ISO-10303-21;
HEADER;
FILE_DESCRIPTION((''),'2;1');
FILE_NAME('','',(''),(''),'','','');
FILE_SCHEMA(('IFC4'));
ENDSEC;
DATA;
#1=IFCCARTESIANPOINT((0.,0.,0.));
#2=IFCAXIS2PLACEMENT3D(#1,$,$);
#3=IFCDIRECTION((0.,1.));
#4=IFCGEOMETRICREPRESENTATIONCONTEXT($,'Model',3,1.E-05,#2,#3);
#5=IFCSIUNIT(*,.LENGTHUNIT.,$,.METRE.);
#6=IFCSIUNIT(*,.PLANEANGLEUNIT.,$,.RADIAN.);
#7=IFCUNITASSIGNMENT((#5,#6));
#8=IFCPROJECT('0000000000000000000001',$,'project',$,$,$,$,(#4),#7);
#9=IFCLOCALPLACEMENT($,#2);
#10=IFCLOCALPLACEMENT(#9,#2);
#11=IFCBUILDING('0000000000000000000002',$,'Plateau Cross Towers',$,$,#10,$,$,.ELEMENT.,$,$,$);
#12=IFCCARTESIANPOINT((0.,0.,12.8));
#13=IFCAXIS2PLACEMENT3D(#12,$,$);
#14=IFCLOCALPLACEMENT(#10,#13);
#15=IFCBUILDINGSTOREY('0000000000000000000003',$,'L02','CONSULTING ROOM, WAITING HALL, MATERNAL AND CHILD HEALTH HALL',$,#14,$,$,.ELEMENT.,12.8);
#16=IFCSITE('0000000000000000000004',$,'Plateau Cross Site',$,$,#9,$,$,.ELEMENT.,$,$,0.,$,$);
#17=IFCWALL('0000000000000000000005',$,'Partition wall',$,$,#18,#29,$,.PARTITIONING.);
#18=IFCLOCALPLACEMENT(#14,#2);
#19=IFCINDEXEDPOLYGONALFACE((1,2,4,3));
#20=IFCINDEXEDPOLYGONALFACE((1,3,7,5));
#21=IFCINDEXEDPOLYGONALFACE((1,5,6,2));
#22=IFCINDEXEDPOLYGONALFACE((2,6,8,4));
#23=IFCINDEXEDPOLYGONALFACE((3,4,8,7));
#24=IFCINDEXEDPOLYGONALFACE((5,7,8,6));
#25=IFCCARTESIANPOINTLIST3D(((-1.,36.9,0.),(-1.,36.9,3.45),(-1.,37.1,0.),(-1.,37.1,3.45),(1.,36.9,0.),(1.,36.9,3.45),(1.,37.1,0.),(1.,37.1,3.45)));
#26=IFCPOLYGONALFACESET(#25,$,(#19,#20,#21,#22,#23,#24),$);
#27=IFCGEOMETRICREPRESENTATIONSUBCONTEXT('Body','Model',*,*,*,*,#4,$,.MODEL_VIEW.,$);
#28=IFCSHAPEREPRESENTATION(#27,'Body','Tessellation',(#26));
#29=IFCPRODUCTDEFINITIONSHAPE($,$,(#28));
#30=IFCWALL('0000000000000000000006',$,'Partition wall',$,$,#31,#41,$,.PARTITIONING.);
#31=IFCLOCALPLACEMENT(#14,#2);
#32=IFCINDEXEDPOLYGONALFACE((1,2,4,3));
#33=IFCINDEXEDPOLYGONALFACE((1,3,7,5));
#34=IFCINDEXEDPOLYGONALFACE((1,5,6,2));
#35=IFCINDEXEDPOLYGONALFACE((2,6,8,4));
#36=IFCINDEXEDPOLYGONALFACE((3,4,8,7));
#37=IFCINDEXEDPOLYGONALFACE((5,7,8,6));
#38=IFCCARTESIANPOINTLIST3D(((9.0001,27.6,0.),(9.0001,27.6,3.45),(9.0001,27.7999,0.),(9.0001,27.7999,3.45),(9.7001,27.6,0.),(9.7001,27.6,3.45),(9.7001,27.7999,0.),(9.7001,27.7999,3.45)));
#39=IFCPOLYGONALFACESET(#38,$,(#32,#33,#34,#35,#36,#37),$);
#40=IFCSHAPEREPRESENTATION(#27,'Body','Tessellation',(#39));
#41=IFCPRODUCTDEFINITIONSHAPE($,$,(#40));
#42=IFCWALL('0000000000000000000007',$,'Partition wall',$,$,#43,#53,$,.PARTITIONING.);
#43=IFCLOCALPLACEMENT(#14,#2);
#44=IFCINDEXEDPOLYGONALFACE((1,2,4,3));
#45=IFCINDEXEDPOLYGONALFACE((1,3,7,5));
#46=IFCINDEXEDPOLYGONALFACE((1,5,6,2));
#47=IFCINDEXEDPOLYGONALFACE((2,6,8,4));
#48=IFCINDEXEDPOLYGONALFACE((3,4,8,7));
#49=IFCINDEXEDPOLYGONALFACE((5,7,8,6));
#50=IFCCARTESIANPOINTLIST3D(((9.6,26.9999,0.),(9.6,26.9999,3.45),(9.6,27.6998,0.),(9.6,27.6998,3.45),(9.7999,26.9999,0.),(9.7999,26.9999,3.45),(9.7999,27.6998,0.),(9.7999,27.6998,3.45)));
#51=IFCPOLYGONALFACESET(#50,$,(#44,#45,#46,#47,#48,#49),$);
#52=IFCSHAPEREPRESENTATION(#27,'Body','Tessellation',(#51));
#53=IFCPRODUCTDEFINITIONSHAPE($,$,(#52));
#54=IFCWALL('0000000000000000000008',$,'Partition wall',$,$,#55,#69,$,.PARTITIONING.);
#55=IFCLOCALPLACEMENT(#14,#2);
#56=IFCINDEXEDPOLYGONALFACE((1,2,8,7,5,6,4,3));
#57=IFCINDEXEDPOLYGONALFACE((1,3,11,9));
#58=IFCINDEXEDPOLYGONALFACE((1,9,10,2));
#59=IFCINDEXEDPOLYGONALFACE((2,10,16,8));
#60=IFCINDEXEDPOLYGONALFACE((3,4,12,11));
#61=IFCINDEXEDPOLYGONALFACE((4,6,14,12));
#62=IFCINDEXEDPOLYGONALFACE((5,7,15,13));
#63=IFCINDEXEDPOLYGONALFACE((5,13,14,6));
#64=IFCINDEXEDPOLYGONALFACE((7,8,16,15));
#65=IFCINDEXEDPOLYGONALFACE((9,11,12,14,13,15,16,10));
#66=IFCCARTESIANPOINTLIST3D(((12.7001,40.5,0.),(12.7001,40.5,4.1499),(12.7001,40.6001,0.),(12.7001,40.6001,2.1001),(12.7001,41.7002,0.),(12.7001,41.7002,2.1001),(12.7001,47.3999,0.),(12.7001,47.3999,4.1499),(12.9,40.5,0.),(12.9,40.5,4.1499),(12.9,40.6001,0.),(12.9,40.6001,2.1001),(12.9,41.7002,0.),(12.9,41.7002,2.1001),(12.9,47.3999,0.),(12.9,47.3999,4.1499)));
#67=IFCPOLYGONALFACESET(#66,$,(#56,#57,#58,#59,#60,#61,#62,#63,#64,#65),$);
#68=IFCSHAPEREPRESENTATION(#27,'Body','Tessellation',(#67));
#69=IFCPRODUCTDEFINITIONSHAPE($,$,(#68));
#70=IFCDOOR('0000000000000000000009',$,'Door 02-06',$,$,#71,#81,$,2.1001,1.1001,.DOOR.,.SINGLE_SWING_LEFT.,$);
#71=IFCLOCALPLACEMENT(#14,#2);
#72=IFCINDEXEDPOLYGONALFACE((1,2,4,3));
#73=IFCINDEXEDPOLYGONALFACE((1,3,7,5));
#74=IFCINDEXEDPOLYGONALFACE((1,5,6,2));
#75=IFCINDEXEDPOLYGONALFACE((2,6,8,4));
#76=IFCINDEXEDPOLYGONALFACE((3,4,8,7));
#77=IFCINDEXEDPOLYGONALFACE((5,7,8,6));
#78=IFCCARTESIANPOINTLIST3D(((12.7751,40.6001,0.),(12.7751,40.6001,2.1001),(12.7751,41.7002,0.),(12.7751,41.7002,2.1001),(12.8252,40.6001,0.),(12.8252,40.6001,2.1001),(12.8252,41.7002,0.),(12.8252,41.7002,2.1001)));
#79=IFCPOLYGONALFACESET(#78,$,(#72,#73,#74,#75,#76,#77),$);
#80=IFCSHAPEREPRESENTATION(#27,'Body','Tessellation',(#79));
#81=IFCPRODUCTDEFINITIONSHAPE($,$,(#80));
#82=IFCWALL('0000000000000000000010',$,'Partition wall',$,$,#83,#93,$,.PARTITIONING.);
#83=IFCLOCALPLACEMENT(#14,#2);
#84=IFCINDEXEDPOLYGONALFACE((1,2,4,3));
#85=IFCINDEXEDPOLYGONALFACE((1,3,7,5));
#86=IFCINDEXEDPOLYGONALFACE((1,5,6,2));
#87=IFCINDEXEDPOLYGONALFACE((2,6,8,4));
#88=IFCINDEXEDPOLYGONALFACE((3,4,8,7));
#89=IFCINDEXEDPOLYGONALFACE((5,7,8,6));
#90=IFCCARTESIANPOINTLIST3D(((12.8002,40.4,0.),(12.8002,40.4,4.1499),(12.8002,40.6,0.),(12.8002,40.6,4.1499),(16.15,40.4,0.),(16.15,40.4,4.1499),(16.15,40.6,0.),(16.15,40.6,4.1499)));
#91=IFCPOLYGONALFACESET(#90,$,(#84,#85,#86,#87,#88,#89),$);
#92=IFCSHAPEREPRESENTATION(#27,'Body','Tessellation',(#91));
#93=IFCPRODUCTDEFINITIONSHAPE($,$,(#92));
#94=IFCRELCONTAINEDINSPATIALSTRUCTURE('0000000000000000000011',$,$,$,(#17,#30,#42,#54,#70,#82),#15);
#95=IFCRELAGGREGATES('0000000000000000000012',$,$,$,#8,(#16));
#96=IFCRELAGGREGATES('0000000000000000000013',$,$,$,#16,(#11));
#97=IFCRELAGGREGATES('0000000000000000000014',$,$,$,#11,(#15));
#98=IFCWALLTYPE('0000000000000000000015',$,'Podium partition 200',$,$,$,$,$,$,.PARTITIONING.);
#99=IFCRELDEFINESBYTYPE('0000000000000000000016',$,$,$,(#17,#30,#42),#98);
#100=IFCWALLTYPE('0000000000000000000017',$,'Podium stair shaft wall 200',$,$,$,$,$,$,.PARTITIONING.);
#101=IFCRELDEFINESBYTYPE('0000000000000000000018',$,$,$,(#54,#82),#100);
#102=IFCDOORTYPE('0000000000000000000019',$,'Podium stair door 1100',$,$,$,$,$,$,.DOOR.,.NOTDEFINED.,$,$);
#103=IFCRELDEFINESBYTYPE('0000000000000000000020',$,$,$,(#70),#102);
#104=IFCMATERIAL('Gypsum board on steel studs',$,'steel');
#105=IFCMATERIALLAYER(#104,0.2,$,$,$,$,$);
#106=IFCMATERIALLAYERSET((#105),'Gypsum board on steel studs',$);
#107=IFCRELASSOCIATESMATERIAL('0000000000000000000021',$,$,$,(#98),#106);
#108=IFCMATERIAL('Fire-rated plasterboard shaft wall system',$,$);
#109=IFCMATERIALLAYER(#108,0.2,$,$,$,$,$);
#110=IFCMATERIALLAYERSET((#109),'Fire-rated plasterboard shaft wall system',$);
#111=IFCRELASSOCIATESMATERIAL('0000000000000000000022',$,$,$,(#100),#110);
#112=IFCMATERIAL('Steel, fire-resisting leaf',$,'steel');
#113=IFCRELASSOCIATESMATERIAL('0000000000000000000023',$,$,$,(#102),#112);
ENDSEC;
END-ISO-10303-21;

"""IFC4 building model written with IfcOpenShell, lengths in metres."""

from ifc_helpers import new_model, si_unit, direction, frame, frame_2d, origin, place, context, subcontext, project, spatial, rectangle, extrude, material, layer, layer_set, type_object, element, fill, save


model = new_model("IFC4")

# Units and contexts
model_context = context("Model", 3, precision=1e-05, world=origin(), true_north=direction((0.0, 1.0)))
body_context = subcontext(model_context, "Body", "Model", "MODEL_VIEW")
ifc_project = project(units=[si_unit("LENGTHUNIT", "METRE"), si_unit("PLANEANGLEUNIT", "RADIAN")], contexts=[model_context])

# Site, building, storey
site_placement = place(None, origin())
site = spatial("IfcSite", under=ifc_project, at=site_placement, Name="Plateau Cross Site", CompositionType="ELEMENT", RefElevation=0.0)
building_placement = place(site_placement, origin())
building = spatial("IfcBuilding", under=site, at=building_placement, Name="Plateau Cross Towers", CompositionType="ELEMENT")
storey_placement = place(building_placement, frame((0.0, 0.0, 12.8)))
storey = spatial("IfcBuildingStorey", under=building, at=storey_placement, Name="L02", Description="CONSULTING ROOM, WAITING HALL, MATERNAL AND CHILD HEALTH HALL", CompositionType="ELEMENT", Elevation=12.8)

# Shared definitions
ifc_material_1 = material(Name="Gypsum board on steel studs", Category="steel")
ifc_layer_1 = layer(ifc_material_1, 0.2)
ifc_layer_set_1 = layer_set([ifc_layer_1], Name="Gypsum board on steel studs")
wall_type_1 = type_object("IfcWallType", Name="Podium partition 200", PredefinedType="PARTITIONING", material=ifc_layer_set_1)

# Walls
wall_1_placement = place(storey_placement, frame((1.0, 37.0, 0.0), z_axis=(0.0, 0.0, 1.0), x_axis=(-1.0, 0.0, 0.0)))
element("IfcWall", 1, at=wall_1_placement, inside=storey, type_object=wall_type_1, Name="Partition wall", PredefinedType="PARTITIONING", context=body_context, shape_type="SweptSolid", body=[
    extrude(rectangle(XDim=2.0, YDim=0.2, at=frame_2d((1.0, 0.0))), origin(), (0.0, 0.0, 1.0), 3.45),
])
for number, where, z_axis, x_axis, name in (
    (2, (9.0, 27.7, 0.0), (0.0, 0.0, 1.0), (1.0, 0.0, 0.0), "Partition wall"),
    (3, (9.7, 27.7, 0.0), (0.0, 0.0, 1.0), (0.0, -1.0, 0.0), "Partition wall"),
):
    element("IfcWall", number, at=place(storey_placement, frame(where, z_axis=z_axis, x_axis=x_axis)), inside=storey, type_object=wall_type_1, Name=name, PredefinedType="PARTITIONING", context=body_context, shape_type="SweptSolid", body=[
        extrude(rectangle(XDim=0.7, YDim=0.2, at=frame_2d((0.3501, 0.0))), origin(), (0.0, 0.0, 1.0), 3.45),
    ])

# Wall, opening, door
ifc_material_2 = material(Name="Fire-rated plasterboard shaft wall system")
ifc_layer_2 = layer(ifc_material_2, 0.2)
ifc_layer_set_2 = layer_set([ifc_layer_2], Name="Fire-rated plasterboard shaft wall system")
wall_type_2 = type_object("IfcWallType", Name="Podium stair shaft wall 200", PredefinedType="PARTITIONING", material=ifc_layer_set_2)
wall_2_placement = place(storey_placement, frame((12.8, 40.5, 0.0), z_axis=(0.0, 0.0, 1.0), x_axis=(0.0, 1.0, 0.0)))
wall_2 = element("IfcWall", 4, at=wall_2_placement, inside=storey, type_object=wall_type_2, Name="Partition wall", PredefinedType="PARTITIONING", context=body_context, shape_type="SweptSolid", body=[
    extrude(rectangle(XDim=6.8999, YDim=0.2, at=frame_2d((3.45, 0.0))), origin(), (0.0, 0.0, 1.0), 4.1499),
])
opening_1_placement = place(wall_2_placement, frame((0.1001, 0.0, 0.0)))
opening_1 = element("IfcOpeningElement", 5, at=opening_1_placement, cuts=wall_2, PredefinedType="OPENING", context=body_context, shape_type="SweptSolid", body=[
    extrude(rectangle(XDim=1.1001, YDim=2.1001, at=frame_2d((0.55, 1.05))), frame((0.0, 0.1099, 0.0), z_axis=(0.0, -1.0, 0.0), x_axis=(1.0, 0.0, 0.0)), (0.0, 0.0, 1.0), 0.22),
])
ifc_material_3 = material(Name="Steel, fire-resisting leaf", Category="steel")
door_type_1 = type_object("IfcDoorType", Name="Podium stair door 1100", OperationType="NOTDEFINED", PredefinedType="DOOR", material=ifc_material_3)
door_1_placement = place(opening_1_placement, origin())
door_1 = element("IfcDoor", 6, at=door_1_placement, inside=storey, type_object=door_type_1, Name="Door 02-06", OperationType="SINGLE_SWING_LEFT", OverallHeight=2.1001, OverallWidth=1.1001, PredefinedType="DOOR", context=body_context, shape_type="SweptSolid", body=[
    extrude(rectangle(XDim=1.1001, YDim=2.1001, at=frame_2d((0.55, 1.05))), frame((0.0, 0.0249, 0.0), z_axis=(0.0, -1.0, 0.0), x_axis=(1.0, 0.0, 0.0)), (0.0, 0.0, 1.0), 0.05),
])
fill(opening_1, door_1)

# Wall
wall_3_placement = place(storey_placement, frame((16.1499, 40.5, 0.0), z_axis=(0.0, 0.0, 1.0), x_axis=(-1.0, 0.0, 0.0)))
element("IfcWall", 7, at=wall_3_placement, inside=storey, type_object=wall_type_2, Name="Partition wall", PredefinedType="PARTITIONING", context=body_context, shape_type="SweptSolid", body=[
    extrude(rectangle(XDim=3.3499, YDim=0.2, at=frame_2d((1.6748, 0.0))), origin(), (0.0, 0.0, 1.0), 4.1499),
])

save(model, "model.ifc")
